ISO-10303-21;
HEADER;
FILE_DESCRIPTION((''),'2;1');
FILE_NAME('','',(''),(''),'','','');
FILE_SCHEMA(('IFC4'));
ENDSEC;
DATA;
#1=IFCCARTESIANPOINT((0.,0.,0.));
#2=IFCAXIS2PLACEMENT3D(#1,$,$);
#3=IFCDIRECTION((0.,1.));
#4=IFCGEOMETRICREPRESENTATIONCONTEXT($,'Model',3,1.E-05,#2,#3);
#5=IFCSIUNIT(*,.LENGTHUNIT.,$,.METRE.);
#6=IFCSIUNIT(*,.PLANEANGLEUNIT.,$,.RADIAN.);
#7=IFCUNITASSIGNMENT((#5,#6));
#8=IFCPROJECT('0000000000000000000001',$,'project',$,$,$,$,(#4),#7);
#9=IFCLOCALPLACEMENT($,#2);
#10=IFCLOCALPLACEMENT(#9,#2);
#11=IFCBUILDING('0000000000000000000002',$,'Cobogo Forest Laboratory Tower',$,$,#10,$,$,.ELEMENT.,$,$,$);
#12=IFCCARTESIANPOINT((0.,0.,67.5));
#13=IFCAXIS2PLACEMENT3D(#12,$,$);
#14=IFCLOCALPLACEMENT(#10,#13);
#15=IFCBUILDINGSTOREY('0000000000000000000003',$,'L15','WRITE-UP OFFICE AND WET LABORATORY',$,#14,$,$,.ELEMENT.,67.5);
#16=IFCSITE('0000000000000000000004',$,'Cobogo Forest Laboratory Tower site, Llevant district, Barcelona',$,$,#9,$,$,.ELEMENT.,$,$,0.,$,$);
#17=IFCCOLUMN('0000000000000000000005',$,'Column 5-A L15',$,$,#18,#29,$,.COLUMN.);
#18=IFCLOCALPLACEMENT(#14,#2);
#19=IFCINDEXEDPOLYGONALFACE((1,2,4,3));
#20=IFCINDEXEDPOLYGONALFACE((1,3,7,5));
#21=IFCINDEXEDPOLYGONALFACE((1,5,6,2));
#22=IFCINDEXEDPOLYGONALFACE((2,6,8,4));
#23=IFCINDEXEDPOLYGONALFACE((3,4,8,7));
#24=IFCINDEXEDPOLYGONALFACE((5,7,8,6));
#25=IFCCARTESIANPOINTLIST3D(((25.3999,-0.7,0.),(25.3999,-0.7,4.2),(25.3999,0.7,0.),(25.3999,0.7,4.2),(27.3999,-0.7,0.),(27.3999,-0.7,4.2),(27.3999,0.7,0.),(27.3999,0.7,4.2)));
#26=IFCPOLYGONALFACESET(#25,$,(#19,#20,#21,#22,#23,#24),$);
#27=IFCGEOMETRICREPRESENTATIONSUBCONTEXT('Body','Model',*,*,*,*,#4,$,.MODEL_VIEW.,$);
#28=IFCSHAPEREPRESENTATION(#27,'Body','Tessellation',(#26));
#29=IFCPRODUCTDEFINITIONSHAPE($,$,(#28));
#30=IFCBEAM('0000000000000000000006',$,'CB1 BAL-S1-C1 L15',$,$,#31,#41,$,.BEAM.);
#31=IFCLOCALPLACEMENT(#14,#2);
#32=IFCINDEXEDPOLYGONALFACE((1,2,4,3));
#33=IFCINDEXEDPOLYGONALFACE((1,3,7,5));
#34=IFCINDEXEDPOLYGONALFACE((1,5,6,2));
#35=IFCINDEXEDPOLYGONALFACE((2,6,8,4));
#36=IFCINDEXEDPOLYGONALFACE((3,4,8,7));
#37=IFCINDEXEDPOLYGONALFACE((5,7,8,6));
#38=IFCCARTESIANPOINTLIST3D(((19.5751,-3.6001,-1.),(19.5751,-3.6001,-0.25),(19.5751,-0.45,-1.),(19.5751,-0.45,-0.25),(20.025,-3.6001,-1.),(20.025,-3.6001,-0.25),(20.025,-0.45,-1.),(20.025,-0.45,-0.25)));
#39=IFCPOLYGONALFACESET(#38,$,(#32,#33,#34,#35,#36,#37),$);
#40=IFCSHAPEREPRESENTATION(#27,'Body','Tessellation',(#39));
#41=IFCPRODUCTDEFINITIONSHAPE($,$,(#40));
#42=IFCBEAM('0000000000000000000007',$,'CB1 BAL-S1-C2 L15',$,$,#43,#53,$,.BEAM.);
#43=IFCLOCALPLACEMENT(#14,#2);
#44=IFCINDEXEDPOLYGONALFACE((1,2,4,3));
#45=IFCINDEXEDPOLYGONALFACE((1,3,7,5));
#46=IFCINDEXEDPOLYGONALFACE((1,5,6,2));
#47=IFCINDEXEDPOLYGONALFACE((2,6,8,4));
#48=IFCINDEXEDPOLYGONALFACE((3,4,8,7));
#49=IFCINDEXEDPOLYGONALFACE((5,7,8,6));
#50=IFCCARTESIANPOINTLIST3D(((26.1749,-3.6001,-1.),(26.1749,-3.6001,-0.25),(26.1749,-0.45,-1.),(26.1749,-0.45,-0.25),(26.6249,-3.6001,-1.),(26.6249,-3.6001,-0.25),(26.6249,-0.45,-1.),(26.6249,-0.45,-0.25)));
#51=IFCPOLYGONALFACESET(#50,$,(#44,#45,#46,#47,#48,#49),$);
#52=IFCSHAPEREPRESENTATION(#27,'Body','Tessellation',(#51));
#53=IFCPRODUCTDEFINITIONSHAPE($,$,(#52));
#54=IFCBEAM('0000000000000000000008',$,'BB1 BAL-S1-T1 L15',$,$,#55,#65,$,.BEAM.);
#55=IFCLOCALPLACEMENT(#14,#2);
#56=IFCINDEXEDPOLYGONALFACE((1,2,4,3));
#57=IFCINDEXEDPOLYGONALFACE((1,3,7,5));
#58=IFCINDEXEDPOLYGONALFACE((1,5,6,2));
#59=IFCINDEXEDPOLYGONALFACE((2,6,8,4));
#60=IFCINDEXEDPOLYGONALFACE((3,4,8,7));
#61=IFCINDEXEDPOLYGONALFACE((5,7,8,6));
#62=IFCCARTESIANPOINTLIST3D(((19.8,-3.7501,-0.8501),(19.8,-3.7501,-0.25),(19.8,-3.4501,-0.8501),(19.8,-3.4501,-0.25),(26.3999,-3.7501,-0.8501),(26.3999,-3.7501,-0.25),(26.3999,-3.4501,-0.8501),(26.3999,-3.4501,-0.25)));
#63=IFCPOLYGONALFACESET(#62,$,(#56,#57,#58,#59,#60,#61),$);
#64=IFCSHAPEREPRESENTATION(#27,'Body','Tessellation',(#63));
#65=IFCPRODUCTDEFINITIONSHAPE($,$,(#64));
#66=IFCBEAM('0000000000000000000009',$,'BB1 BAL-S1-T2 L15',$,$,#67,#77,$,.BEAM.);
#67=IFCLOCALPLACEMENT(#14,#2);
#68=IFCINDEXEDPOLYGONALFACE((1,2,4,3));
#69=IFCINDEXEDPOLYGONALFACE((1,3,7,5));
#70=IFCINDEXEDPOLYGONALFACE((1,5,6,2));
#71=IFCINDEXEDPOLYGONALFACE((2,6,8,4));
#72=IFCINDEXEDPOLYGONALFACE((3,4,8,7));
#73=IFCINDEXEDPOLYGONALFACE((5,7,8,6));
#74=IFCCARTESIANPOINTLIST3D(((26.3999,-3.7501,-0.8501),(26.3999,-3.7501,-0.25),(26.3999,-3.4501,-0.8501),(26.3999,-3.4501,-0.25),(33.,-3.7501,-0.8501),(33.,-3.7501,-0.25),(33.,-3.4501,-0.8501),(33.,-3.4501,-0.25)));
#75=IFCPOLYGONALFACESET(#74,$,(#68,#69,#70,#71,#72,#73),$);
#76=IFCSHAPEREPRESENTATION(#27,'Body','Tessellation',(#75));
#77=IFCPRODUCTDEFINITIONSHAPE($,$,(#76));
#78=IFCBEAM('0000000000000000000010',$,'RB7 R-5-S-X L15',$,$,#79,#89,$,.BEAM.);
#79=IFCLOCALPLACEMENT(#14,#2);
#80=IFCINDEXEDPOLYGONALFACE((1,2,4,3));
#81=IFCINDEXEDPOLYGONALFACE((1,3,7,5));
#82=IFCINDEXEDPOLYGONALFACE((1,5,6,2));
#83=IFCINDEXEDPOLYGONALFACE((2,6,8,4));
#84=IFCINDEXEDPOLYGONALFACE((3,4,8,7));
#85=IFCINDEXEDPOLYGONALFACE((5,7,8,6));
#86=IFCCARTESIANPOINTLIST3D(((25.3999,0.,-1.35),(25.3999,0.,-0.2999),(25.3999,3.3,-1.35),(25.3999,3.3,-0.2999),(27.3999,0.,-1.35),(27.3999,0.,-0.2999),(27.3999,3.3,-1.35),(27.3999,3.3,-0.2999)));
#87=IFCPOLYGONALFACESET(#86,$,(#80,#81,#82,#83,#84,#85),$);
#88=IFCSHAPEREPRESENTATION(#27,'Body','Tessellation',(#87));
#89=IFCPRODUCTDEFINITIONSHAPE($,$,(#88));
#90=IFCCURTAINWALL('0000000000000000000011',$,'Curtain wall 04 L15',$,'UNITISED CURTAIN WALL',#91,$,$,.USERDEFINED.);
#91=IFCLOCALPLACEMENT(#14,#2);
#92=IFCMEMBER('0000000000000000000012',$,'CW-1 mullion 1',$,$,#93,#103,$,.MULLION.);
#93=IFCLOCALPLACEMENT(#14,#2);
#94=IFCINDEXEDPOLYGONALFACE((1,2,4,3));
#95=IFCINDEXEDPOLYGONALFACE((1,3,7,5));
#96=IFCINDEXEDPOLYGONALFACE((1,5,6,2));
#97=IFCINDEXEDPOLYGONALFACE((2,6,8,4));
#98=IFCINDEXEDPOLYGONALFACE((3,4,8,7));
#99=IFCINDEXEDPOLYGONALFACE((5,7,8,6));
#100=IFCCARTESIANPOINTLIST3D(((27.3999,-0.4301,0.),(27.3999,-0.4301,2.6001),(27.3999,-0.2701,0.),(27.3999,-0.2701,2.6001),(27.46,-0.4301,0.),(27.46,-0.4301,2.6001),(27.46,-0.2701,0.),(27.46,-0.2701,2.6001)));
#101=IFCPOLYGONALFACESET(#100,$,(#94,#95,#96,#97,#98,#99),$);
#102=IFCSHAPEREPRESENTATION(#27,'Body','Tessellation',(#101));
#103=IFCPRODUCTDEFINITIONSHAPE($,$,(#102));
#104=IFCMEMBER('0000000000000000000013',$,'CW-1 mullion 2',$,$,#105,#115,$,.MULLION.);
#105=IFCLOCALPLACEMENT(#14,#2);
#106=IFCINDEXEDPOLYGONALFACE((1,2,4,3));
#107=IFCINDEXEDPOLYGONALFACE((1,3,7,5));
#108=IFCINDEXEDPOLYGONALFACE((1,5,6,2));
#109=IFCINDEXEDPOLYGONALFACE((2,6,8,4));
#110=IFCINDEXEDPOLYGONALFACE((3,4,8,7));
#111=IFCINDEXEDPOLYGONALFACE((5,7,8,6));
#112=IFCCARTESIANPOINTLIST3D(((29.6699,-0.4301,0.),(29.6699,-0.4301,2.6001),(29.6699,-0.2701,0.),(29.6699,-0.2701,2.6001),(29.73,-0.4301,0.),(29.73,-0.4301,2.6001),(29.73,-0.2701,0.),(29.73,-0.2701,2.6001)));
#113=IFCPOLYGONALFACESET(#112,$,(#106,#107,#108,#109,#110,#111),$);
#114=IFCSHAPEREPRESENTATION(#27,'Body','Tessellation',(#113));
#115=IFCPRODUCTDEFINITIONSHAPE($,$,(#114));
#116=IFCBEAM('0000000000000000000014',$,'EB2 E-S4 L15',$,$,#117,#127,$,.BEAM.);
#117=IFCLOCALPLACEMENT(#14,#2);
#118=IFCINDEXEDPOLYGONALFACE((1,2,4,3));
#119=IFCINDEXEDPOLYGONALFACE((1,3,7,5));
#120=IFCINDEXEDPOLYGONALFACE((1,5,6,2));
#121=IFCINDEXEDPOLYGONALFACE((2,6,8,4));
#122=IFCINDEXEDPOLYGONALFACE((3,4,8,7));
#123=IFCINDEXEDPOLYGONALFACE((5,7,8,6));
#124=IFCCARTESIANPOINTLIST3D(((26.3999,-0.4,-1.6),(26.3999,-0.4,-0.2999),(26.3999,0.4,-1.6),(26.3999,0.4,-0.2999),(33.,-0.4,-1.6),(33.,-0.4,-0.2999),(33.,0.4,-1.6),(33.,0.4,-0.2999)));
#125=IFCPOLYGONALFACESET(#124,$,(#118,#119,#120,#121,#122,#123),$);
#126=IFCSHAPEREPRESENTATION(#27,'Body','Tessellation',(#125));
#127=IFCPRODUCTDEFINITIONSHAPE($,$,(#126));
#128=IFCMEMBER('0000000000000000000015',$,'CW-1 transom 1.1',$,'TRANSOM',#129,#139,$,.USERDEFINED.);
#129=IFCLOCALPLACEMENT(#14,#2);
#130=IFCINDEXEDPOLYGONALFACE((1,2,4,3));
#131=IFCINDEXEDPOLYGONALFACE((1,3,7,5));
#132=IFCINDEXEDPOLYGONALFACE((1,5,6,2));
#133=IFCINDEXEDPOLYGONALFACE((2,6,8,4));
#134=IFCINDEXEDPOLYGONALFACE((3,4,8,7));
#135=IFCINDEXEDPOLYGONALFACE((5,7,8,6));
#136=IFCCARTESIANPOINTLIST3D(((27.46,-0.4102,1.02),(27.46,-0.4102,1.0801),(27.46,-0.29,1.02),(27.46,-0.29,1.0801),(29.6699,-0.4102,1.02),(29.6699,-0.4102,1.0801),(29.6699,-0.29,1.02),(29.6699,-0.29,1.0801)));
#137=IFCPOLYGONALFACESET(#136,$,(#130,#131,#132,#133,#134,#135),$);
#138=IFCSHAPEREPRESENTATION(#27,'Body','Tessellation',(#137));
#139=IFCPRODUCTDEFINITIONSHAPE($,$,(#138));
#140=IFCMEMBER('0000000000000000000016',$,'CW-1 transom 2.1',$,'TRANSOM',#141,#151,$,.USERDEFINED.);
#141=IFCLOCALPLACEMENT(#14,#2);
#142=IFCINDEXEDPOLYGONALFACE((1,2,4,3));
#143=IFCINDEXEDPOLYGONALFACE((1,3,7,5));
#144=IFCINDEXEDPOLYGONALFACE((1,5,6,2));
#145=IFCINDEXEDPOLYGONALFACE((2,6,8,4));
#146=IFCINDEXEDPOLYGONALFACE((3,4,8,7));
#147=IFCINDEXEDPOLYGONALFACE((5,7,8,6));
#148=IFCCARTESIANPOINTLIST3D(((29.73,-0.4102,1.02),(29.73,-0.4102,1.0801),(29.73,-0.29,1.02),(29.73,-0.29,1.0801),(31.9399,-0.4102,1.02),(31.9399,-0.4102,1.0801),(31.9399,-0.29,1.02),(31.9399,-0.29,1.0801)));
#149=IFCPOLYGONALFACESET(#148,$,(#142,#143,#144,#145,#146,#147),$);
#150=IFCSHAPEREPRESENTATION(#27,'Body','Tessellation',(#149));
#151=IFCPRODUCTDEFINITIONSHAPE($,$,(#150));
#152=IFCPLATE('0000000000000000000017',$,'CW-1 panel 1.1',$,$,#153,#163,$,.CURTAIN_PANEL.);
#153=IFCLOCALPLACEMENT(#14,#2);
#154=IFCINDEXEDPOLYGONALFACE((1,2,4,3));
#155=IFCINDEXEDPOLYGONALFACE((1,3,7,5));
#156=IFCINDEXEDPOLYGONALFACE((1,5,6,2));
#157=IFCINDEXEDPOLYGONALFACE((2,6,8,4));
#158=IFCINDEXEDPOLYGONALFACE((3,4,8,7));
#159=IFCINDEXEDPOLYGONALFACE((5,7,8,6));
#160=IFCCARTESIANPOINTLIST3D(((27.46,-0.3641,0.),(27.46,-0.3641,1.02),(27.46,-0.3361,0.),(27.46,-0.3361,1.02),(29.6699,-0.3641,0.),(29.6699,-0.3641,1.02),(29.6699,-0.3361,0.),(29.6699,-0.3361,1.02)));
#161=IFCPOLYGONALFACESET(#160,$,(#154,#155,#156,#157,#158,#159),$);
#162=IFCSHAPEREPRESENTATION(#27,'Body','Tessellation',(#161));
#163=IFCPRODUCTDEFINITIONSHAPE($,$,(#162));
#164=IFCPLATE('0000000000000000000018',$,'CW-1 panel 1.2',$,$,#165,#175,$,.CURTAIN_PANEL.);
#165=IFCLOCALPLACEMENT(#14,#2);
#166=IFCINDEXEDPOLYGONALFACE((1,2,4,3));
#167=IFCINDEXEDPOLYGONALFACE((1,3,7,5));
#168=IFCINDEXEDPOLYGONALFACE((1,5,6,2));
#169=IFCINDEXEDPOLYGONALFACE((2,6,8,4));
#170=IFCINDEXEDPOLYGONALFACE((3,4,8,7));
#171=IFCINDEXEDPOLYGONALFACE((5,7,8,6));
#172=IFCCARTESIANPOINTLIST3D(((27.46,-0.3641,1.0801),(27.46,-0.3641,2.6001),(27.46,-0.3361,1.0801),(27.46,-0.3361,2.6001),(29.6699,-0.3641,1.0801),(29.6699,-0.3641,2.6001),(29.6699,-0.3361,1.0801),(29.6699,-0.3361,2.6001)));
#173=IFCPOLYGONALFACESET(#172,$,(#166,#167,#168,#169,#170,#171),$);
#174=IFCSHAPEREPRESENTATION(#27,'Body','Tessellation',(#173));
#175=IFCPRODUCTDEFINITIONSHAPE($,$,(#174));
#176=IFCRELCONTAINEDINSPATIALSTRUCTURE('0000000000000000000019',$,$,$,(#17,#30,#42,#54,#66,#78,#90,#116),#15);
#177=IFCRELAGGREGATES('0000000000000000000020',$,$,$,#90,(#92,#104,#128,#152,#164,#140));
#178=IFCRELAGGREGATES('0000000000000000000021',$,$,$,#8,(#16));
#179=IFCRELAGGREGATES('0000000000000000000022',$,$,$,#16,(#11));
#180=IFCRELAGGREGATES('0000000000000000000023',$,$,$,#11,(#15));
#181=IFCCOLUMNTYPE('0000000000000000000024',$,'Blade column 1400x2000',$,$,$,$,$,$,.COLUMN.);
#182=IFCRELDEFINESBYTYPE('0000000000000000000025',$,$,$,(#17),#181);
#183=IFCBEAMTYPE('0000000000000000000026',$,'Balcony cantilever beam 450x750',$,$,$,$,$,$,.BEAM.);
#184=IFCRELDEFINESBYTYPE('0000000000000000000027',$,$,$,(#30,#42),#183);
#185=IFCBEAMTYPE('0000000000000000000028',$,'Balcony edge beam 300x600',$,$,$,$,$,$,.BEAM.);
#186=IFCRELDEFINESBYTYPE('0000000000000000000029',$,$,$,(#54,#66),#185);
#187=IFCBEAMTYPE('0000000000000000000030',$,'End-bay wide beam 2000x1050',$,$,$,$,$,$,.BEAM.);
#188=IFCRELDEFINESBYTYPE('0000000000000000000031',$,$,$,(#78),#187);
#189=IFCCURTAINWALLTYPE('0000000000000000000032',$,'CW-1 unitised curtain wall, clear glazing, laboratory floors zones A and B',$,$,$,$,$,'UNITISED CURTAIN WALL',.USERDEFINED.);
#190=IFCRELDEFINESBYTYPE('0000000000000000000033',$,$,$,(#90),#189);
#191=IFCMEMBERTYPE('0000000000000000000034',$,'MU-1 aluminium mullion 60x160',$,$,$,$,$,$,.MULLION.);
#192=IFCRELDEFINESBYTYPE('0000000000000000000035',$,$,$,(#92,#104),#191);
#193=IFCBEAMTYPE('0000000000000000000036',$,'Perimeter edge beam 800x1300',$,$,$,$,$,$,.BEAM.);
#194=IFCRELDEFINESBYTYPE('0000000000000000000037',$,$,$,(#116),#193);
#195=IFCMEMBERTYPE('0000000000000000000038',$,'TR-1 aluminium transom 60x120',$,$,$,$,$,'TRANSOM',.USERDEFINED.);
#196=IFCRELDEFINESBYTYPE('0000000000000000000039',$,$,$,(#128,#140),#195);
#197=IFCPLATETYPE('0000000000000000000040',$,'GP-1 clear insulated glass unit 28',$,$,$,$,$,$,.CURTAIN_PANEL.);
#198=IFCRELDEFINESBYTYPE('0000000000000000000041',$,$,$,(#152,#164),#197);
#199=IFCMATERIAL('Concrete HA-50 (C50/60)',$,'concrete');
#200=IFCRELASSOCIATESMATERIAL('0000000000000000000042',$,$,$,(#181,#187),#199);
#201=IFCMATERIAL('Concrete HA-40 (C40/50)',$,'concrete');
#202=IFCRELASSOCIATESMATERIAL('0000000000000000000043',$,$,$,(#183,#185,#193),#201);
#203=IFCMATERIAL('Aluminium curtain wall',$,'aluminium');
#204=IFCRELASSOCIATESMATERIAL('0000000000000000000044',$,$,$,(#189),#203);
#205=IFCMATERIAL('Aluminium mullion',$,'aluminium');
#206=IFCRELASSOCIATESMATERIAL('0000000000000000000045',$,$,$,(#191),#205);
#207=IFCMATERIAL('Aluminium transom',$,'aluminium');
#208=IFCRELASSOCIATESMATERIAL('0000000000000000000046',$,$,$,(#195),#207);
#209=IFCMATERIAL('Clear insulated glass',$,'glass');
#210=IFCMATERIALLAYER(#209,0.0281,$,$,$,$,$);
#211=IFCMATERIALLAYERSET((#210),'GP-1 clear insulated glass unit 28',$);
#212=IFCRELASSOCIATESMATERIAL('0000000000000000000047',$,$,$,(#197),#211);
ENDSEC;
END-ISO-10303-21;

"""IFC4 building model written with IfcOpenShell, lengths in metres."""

from ifc_helpers import new_model, si_unit, direction, frame, origin, origin_2d, place, context, subcontext, project, spatial, rectangle, extrude, material, layer, layer_set, material_profile, profile_set, type_object, element, aggregate, save


model = new_model("IFC4")

# Units and contexts
model_context = context("Model", 3, precision=1e-05, world=origin(), true_north=direction((0.0, 1.0)))
body_context = subcontext(model_context, "Body", "Model", "MODEL_VIEW")
ifc_project = project(units=[si_unit("LENGTHUNIT", "METRE"), si_unit("PLANEANGLEUNIT", "RADIAN")], contexts=[model_context])

# Site, building, storey
site_placement = place(None, origin())
site = spatial("IfcSite", under=ifc_project, at=site_placement, Name="Cobogo Forest Laboratory Tower site, Llevant district, Barcelona", CompositionType="ELEMENT", RefElevation=0.0)
building_placement = place(site_placement, origin())
building = spatial("IfcBuilding", under=site, at=building_placement, Name="Cobogo Forest Laboratory Tower", CompositionType="ELEMENT")
storey_placement = place(building_placement, frame((0.0, 0.0, 67.5)))
storey = spatial("IfcBuildingStorey", under=building, at=storey_placement, Name="L15", Description="WRITE-UP OFFICE AND WET LABORATORY", CompositionType="ELEMENT", Elevation=67.5)

# Column
ifc_material_1 = material(Name="Concrete HA-50 (C50/60)", Category="concrete")
ifc_material_profile_1 = material_profile(ifc_material_1, rectangle(XDim=2.0, YDim=1.3999, at=origin_2d()), Name="RC 1400x2000")
ifc_profile_set_1 = profile_set([ifc_material_profile_1], Name="Concrete HA-50 (C50/60)")
column_type = type_object("IfcColumnType", Name="Blade column 1400x2000", PredefinedType="COLUMN", material=ifc_profile_set_1)
column_placement = place(storey_placement, frame((26.3999, 0.0, 0.0), z_axis=(0.0, 0.0, 1.0), x_axis=(1.0, 0.0, 0.0)))
element("IfcColumn", 1, at=column_placement, inside=storey, type_object=column_type, Name="Column 5-A L15", PredefinedType="COLUMN", context=body_context, shape_type="SweptSolid", body=[
    extrude(rectangle(XDim=2.0, YDim=1.3999, at=origin_2d()), origin(), (0.0, 0.0, 1.0), 4.2),
])

# Beams
ifc_material_2 = material(Name="Concrete HA-40 (C40/50)", Category="concrete")
ifc_material_profile_2 = material_profile(ifc_material_2, rectangle(XDim=0.45, YDim=0.75, at=origin_2d()), Name="RC 450x750")
ifc_profile_set_2 = profile_set([ifc_material_profile_2], Name="Concrete HA-40 (C40/50)")
beam_type_1 = type_object("IfcBeamType", Name="Balcony cantilever beam 450x750", PredefinedType="BEAM", material=ifc_profile_set_2)
for number, where, z_axis, x_axis, name in (
    (2, (19.8, -0.45, -0.625), (0.0, -1.0, 0.0), (1.0, 0.0, 0.0), "CB1 BAL-S1-C1 L15"),
    (3, (26.3999, -0.45, -0.625), (0.0, -1.0, 0.0), (1.0, 0.0, 0.0), "CB1 BAL-S1-C2 L15"),
):
    element("IfcBeam", number, at=place(storey_placement, frame(where, z_axis=z_axis, x_axis=x_axis)), inside=storey, type_object=beam_type_1, Name=name, PredefinedType="BEAM", context=body_context, shape_type="SweptSolid", body=[
        extrude(rectangle(XDim=0.45, YDim=0.75, at=origin_2d()), origin(), (0.0, 0.0, 1.0), 3.1501),
    ])
ifc_material_profile_3 = material_profile(ifc_material_2, rectangle(XDim=0.3, YDim=0.6001, at=origin_2d()), Name="RC 300x600")
ifc_profile_set_3 = profile_set([ifc_material_profile_3], Name="Concrete HA-40 (C40/50)")
beam_type_2 = type_object("IfcBeamType", Name="Balcony edge beam 300x600", PredefinedType="BEAM", material=ifc_profile_set_3)
beam_1_placement = place(storey_placement, frame((19.8, -3.6001, -0.55), z_axis=(1.0, 0.0, 0.0), x_axis=(0.0, 1.0, 0.0)))
element("IfcBeam", 4, at=beam_1_placement, inside=storey, type_object=beam_type_2, Name="BB1 BAL-S1-T1 L15", PredefinedType="BEAM", context=body_context, shape_type="SweptSolid", body=[
    extrude(rectangle(XDim=0.3, YDim=0.6001, at=origin_2d()), origin(), (0.0, 0.0, 1.0), 6.5999),
])
beam_2_placement = place(storey_placement, frame((26.3999, -3.6001, -0.55), z_axis=(1.0, 0.0, 0.0), x_axis=(0.0, 1.0, 0.0)))
element("IfcBeam", 5, at=beam_2_placement, inside=storey, type_object=beam_type_2, Name="BB1 BAL-S1-T2 L15", PredefinedType="BEAM", context=body_context, shape_type="SweptSolid", body=[
    extrude(rectangle(XDim=0.3, YDim=0.6001, at=origin_2d()), origin(), (0.0, 0.0, 1.0), 6.6001),
])
ifc_material_profile_4 = material_profile(ifc_material_1, rectangle(XDim=2.0, YDim=1.05, at=origin_2d()), Name="RC 2000x1050")
ifc_profile_set_4 = profile_set([ifc_material_profile_4], Name="Concrete HA-50 (C50/60)")
beam_type_3 = type_object("IfcBeamType", Name="End-bay wide beam 2000x1050", PredefinedType="BEAM", material=ifc_profile_set_4)
beam_3_placement = place(storey_placement, frame((26.3999, 0.0, -0.825), z_axis=(0.0, 1.0, 0.0), x_axis=(-1.0, 0.0, 0.0)))
element("IfcBeam", 6, at=beam_3_placement, inside=storey, type_object=beam_type_3, Name="RB7 R-5-S-X L15", PredefinedType="BEAM", context=body_context, shape_type="SweptSolid", body=[
    extrude(rectangle(XDim=2.0, YDim=1.05, at=origin_2d()), origin(), (0.0, 0.0, 1.0), 3.3),
])

# Curtain wall, members
ifc_material_3 = material(Name="Aluminium curtain wall", Category="aluminium")
curtain_wall_type = type_object("IfcCurtainWallType", Name="CW-1 unitised curtain wall, clear glazing, laboratory floors zones A and B", ElementType="UNITISED CURTAIN WALL", PredefinedType="USERDEFINED", material=ifc_material_3)
curtain_wall_placement = place(storey_placement, origin())
curtain_wall = element("IfcCurtainWall", 7, at=curtain_wall_placement, inside=storey, type_object=curtain_wall_type, Name="Curtain wall 04 L15", ObjectType="UNITISED CURTAIN WALL", PredefinedType="USERDEFINED")
ifc_material_4 = material(Name="Aluminium mullion", Category="aluminium")
ifc_material_profile_5 = material_profile(ifc_material_4, rectangle(XDim=0.0601, YDim=0.1599, at=origin_2d()), Name="AL 60x160")
ifc_profile_set_5 = profile_set([ifc_material_profile_5], Name="Aluminium mullion")
member_type_1 = type_object("IfcMemberType", Name="MU-1 aluminium mullion 60x160", PredefinedType="MULLION", material=ifc_profile_set_5)
member_1_placement = place(storey_placement, frame((27.4299, -0.3501, 0.0), z_axis=(0.0, 0.0, 1.0), x_axis=(1.0, 0.0, 0.0)))
member_1 = element("IfcMember", 8, at=member_1_placement, type_object=member_type_1, Name="CW-1 mullion 1", PredefinedType="MULLION", context=body_context, shape_type="SweptSolid", body=[
    extrude(rectangle(XDim=0.0601, YDim=0.1599, at=origin_2d()), origin(), (0.0, 0.0, 1.0), 2.6001),
])
member_2_placement = place(storey_placement, frame((29.7, -0.3501, 0.0), z_axis=(0.0, 0.0, 1.0), x_axis=(1.0, 0.0, 0.0)))
member_2 = element("IfcMember", 9, at=member_2_placement, type_object=member_type_1, Name="CW-1 mullion 2", PredefinedType="MULLION", context=body_context, shape_type="SweptSolid", body=[
    extrude(rectangle(XDim=0.0601, YDim=0.1599, at=origin_2d()), origin(), (0.0, 0.0, 1.0), 2.6001),
])

# Beam
ifc_material_profile_6 = material_profile(ifc_material_2, rectangle(XDim=0.8, YDim=1.3, at=origin_2d()), Name="RC 800x1300")
ifc_profile_set_6 = profile_set([ifc_material_profile_6], Name="Concrete HA-40 (C40/50)")
beam_type_4 = type_object("IfcBeamType", Name="Perimeter edge beam 800x1300", PredefinedType="BEAM", material=ifc_profile_set_6)
beam_4_placement = place(storey_placement, frame((26.3999, 0.0, -0.95), z_axis=(1.0, 0.0, 0.0), x_axis=(0.0, 1.0, 0.0)))
element("IfcBeam", 10, at=beam_4_placement, inside=storey, type_object=beam_type_4, Name="EB2 E-S4 L15", PredefinedType="BEAM", context=body_context, shape_type="SweptSolid", body=[
    extrude(rectangle(XDim=0.8, YDim=1.3, at=origin_2d()), origin(), (0.0, 0.0, 1.0), 6.6001),
])

# Members
ifc_material_5 = material(Name="Aluminium transom", Category="aluminium")
ifc_material_profile_7 = material_profile(ifc_material_5, rectangle(XDim=0.1201, YDim=0.0601, at=origin_2d()), Name="AL 60x120")
ifc_profile_set_7 = profile_set([ifc_material_profile_7], Name="Aluminium transom")
member_type_2 = type_object("IfcMemberType", Name="TR-1 aluminium transom 60x120", ElementType="TRANSOM", PredefinedType="USERDEFINED", material=ifc_profile_set_7)
member_3_placement = place(storey_placement, frame((27.46, -0.3501, 1.05), z_axis=(1.0, 0.0, 0.0), x_axis=(0.0, 1.0, 0.0)))
member_3 = element("IfcMember", 11, at=member_3_placement, type_object=member_type_2, Name="CW-1 transom 1.1", ObjectType="TRANSOM", PredefinedType="USERDEFINED", context=body_context, shape_type="SweptSolid", body=[
    extrude(rectangle(XDim=0.1201, YDim=0.0601, at=origin_2d()), origin(), (0.0, 0.0, 1.0), 2.21),
])
member_4_placement = place(storey_placement, frame((29.73, -0.3501, 1.05), z_axis=(1.0, 0.0, 0.0), x_axis=(0.0, 1.0, 0.0)))
member_4 = element("IfcMember", 12, at=member_4_placement, type_object=member_type_2, Name="CW-1 transom 2.1", ObjectType="TRANSOM", PredefinedType="USERDEFINED", context=body_context, shape_type="SweptSolid", body=[
    extrude(rectangle(XDim=0.1201, YDim=0.0601, at=origin_2d()), origin(), (0.0, 0.0, 1.0), 2.21),
])

# Plates
ifc_material_6 = material(Name="Clear insulated glass", Category="glass")
ifc_layer_1 = layer(ifc_material_6, 0.0281)
ifc_layer_set_1 = layer_set([ifc_layer_1], Name="GP-1 clear insulated glass unit 28")
plate_type = type_object("IfcPlateType", Name="GP-1 clear insulated glass unit 28", PredefinedType="CURTAIN_PANEL", material=ifc_layer_set_1)
plate_1_placement = place(storey_placement, frame((28.5649, -0.3501, 0.0), z_axis=(0.0, 0.0, 1.0), x_axis=(1.0, 0.0, 0.0)))
plate_1 = element("IfcPlate", 13, at=plate_1_placement, type_object=plate_type, Name="CW-1 panel 1.1", PredefinedType="CURTAIN_PANEL", context=body_context, shape_type="SweptSolid", body=[
    extrude(rectangle(XDim=2.21, YDim=0.0281, at=origin_2d()), origin(), (0.0, 0.0, 1.0), 1.02),
])
plate_2_placement = place(storey_placement, frame((28.5649, -0.3501, 1.0801), z_axis=(0.0, 0.0, 1.0), x_axis=(1.0, 0.0, 0.0)))
plate_2 = element("IfcPlate", 14, at=plate_2_placement, type_object=plate_type, Name="CW-1 panel 1.2", PredefinedType="CURTAIN_PANEL", context=body_context, shape_type="SweptSolid", body=[
    extrude(rectangle(XDim=2.21, YDim=0.0281, at=origin_2d()), origin(), (0.0, 0.0, 1.0), 1.52),
])
aggregate(curtain_wall, [member_1, member_2, member_3, plate_1, plate_2, member_4])

save(model, "model.ifc")
